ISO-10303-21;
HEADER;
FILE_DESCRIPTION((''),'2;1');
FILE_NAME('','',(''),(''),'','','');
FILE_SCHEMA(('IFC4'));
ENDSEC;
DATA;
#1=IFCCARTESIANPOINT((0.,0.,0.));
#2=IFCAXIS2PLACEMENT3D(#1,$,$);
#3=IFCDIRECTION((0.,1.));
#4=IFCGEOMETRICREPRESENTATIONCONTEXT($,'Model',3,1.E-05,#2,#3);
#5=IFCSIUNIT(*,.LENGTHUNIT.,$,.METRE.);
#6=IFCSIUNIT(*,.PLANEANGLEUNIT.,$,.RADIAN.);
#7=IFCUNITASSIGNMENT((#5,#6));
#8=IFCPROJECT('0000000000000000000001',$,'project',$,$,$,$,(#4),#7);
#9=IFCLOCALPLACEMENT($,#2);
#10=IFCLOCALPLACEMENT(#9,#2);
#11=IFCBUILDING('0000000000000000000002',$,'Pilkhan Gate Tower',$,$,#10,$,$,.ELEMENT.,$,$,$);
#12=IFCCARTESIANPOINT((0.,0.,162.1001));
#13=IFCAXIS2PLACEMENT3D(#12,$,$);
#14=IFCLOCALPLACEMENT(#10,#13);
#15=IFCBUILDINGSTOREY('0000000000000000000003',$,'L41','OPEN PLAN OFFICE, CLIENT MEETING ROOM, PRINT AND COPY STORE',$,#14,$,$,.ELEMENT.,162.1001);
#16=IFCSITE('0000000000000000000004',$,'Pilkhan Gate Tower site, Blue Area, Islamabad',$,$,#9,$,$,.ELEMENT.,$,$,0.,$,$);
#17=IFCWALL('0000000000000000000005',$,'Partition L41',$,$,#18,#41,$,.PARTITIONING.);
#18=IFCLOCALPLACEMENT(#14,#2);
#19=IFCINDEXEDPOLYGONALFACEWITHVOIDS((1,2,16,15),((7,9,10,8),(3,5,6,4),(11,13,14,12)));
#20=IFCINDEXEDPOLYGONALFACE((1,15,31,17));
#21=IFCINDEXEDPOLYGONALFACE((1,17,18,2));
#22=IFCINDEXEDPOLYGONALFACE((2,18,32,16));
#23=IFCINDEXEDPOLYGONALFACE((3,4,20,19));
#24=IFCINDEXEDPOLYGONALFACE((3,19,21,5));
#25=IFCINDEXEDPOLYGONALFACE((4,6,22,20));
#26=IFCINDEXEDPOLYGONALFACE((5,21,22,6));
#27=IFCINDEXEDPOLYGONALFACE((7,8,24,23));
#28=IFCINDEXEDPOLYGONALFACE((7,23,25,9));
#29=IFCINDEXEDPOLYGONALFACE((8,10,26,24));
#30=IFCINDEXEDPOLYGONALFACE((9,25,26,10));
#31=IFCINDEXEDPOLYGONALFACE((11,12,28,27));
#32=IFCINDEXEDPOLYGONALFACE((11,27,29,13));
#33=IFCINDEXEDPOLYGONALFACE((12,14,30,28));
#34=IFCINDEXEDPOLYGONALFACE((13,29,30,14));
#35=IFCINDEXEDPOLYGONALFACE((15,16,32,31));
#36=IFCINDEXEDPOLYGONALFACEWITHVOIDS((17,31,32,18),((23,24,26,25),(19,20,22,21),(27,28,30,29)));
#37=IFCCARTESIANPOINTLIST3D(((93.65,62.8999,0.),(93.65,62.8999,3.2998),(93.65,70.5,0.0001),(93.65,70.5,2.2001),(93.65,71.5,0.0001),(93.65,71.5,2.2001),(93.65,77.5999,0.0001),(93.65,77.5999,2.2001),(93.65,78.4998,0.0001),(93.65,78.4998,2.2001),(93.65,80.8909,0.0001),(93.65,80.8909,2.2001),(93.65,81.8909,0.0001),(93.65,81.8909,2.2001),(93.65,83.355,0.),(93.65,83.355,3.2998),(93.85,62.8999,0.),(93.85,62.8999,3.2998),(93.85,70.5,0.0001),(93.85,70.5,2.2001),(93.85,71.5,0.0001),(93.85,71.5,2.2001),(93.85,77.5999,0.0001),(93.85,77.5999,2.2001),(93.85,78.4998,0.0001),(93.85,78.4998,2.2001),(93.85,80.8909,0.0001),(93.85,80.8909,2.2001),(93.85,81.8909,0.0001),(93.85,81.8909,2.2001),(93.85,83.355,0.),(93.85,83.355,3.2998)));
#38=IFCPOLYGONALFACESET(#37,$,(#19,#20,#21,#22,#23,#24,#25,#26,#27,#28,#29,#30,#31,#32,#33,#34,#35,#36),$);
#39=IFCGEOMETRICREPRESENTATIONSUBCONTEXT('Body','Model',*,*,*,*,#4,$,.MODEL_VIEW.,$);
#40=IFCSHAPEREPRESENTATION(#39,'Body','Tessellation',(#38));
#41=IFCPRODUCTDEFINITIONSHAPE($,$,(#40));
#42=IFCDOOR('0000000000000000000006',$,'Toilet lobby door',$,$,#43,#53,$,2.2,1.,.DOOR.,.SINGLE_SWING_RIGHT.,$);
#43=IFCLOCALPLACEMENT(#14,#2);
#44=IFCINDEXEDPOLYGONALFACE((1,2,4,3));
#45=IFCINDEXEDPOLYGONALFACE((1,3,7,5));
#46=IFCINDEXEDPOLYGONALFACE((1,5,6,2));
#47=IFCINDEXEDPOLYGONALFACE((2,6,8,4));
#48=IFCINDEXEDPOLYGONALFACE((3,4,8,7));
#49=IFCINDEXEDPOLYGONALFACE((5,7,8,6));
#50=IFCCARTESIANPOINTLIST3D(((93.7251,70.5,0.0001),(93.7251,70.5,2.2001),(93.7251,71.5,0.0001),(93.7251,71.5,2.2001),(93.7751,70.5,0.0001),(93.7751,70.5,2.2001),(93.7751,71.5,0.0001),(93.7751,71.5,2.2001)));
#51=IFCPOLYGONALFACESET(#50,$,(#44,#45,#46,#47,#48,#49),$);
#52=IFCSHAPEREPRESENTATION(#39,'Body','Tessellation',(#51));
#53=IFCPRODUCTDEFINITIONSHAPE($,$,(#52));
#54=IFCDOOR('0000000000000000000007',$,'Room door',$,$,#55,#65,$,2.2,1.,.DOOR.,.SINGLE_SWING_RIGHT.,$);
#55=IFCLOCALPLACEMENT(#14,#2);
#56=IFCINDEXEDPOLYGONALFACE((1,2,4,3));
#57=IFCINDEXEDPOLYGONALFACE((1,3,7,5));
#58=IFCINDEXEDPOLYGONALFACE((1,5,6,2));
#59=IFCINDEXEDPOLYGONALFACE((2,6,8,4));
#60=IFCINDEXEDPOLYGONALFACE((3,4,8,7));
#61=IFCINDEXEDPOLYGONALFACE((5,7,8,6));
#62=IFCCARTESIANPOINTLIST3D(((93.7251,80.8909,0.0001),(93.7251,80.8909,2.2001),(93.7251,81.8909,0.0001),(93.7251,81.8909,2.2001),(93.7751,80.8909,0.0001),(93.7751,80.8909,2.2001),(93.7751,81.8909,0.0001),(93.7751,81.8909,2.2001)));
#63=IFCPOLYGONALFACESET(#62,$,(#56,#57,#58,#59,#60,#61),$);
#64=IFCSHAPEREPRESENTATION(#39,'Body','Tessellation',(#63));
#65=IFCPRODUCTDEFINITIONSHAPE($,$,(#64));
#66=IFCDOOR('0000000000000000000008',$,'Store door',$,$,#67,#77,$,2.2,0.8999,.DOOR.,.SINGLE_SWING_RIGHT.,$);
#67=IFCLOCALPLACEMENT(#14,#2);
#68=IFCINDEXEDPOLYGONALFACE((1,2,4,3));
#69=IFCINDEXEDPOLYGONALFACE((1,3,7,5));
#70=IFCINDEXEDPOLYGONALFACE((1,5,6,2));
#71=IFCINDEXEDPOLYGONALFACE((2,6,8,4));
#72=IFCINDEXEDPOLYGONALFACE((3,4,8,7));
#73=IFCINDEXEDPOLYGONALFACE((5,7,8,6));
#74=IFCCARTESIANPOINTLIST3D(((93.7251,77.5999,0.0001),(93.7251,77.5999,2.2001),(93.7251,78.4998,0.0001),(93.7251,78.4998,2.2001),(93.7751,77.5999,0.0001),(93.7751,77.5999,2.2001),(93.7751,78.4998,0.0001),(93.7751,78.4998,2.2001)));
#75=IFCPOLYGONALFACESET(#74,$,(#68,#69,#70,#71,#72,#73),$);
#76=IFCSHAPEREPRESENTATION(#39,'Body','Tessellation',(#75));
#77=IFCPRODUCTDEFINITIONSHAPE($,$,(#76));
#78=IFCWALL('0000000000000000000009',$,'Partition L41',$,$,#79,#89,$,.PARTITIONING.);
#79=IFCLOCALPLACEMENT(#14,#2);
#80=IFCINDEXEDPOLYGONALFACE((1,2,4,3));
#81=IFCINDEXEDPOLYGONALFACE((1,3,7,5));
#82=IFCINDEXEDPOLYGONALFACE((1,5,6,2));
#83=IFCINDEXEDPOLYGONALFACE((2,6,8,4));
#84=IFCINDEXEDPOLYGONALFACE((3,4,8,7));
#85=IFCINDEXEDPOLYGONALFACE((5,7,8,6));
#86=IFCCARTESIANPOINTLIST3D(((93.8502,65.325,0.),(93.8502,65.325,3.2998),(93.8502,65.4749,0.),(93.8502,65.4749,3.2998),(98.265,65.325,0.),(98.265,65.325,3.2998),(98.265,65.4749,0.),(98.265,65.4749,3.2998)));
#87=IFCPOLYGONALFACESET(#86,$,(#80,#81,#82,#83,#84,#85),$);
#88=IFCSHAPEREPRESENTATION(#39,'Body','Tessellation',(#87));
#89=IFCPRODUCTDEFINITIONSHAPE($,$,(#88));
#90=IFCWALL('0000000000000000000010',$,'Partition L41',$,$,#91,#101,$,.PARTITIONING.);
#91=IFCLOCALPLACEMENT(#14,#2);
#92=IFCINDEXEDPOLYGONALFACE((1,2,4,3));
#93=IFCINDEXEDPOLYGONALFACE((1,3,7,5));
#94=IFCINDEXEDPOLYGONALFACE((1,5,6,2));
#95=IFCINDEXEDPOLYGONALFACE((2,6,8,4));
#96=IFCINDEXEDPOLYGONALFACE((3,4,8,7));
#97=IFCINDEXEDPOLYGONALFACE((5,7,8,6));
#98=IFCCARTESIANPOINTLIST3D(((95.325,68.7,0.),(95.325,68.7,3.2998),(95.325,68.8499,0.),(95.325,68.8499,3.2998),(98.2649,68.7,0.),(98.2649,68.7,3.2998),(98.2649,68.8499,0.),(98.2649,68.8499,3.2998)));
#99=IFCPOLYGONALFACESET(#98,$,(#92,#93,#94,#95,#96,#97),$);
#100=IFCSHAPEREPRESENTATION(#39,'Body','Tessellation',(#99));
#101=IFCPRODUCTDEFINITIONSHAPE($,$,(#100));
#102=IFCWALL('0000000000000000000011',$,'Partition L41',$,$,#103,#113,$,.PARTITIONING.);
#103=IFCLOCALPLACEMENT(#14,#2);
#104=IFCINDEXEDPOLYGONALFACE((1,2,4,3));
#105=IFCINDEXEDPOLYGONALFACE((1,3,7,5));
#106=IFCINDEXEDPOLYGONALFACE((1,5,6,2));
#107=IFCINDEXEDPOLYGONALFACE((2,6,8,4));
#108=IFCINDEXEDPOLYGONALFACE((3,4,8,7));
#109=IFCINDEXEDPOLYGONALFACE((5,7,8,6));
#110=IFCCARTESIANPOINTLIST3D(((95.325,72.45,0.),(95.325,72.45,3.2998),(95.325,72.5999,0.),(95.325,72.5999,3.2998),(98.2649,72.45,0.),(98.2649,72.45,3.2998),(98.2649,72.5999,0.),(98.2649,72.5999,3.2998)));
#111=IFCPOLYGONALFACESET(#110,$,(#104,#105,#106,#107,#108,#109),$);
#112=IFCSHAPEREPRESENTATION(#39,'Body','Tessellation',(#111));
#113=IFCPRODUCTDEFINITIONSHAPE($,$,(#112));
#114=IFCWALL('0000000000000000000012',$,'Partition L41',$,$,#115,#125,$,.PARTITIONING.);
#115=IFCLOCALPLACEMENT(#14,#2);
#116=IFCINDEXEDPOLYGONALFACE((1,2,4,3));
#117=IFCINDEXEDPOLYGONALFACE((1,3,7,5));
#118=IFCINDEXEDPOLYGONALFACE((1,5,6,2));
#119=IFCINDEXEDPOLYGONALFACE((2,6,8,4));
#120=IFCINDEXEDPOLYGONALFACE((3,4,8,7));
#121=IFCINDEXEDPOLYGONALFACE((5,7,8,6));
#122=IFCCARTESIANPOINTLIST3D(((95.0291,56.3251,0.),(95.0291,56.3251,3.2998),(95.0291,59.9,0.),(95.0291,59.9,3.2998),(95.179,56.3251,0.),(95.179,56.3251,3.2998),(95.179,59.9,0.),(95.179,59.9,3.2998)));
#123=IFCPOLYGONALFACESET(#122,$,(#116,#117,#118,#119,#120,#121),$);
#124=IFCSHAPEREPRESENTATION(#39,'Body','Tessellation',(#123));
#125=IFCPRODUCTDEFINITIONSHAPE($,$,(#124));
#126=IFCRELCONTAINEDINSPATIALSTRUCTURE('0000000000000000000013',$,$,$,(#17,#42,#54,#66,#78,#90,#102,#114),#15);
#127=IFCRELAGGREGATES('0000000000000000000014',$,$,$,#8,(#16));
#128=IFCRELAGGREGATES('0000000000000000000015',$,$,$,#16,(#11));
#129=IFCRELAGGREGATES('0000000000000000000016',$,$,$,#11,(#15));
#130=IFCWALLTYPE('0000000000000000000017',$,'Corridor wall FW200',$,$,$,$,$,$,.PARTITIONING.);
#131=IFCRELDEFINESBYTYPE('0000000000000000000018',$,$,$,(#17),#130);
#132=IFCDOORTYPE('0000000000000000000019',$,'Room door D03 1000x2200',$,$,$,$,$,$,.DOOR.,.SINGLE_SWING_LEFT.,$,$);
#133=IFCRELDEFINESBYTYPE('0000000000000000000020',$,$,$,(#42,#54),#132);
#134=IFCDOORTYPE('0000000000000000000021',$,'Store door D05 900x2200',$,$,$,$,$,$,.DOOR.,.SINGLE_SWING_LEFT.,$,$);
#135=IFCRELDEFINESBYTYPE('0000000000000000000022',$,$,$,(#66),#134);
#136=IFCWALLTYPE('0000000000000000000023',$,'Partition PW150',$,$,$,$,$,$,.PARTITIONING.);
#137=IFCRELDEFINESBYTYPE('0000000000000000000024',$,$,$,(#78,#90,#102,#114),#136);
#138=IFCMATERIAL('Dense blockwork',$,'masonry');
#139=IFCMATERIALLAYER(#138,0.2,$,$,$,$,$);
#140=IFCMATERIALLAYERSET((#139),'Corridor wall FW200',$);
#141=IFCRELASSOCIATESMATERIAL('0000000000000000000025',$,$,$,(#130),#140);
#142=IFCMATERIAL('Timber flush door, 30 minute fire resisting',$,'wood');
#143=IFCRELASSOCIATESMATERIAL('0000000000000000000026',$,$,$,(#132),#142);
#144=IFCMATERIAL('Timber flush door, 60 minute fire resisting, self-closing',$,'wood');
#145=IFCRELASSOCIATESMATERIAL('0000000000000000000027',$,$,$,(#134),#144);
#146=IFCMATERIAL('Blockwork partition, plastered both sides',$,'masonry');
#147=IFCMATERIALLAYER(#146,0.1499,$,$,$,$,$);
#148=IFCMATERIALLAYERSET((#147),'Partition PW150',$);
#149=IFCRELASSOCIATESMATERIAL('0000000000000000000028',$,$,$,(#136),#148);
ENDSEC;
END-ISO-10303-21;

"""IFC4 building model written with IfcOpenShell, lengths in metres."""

from ifc_helpers import new_model, si_unit, direction, frame, frame_2d, origin, place, context, subcontext, project, spatial, rectangle, extrude, material, layer, layer_set, type_object, element, fill, save


model = new_model("IFC4")

# Units and contexts
model_context = context("Model", 3, precision=1e-05, world=origin(), true_north=direction((0.0, 1.0)))
body_context = subcontext(model_context, "Body", "Model", "MODEL_VIEW")
ifc_project = project(units=[si_unit("LENGTHUNIT", "METRE"), si_unit("PLANEANGLEUNIT", "RADIAN")], contexts=[model_context])

# Site, building, storey
site_placement = place(None, origin())
site = spatial("IfcSite", under=ifc_project, at=site_placement, Name="Pilkhan Gate Tower site, Blue Area, Islamabad", CompositionType="ELEMENT", RefElevation=0.0)
building_placement = place(site_placement, origin())
building = spatial("IfcBuilding", under=site, at=building_placement, Name="Pilkhan Gate Tower", CompositionType="ELEMENT")
storey_placement = place(building_placement, frame((0.0, 0.0, 162.1001)))
storey = spatial("IfcBuildingStorey", under=building, at=storey_placement, Name="L41", Description="OPEN PLAN OFFICE, CLIENT MEETING ROOM, PRINT AND COPY STORE", CompositionType="ELEMENT", Elevation=162.1001)

# Shared definitions
ifc_material_1 = material(Name="Dense blockwork", Category="masonry")
ifc_layer_1 = layer(ifc_material_1, 0.2)
ifc_layer_set_1 = layer_set([ifc_layer_1], Name="Corridor wall FW200")
wall_type_1 = type_object("IfcWallType", Name="Corridor wall FW200", PredefinedType="PARTITIONING", material=ifc_layer_set_1)
ifc_material_2 = material(Name="Timber flush door, 30 minute fire resisting", Category="wood")
door_type_1 = type_object("IfcDoorType", Name="Room door D03 1000x2200", OperationType="SINGLE_SWING_LEFT", PredefinedType="DOOR", material=ifc_material_2)

# Wall, openings, doors
wall_1_placement = place(storey_placement, frame((93.75, 62.8999, 0.0), z_axis=(0.0, 0.0, 1.0), x_axis=(0.0, 1.0, 0.0)))
wall_1 = element("IfcWall", 1, at=wall_1_placement, inside=storey, type_object=wall_type_1, Name="Partition L41", PredefinedType="PARTITIONING", context=body_context, shape_type="SweptSolid", body=[
    extrude(rectangle(XDim=20.4551, YDim=0.2, at=frame_2d((10.2275, 0.0))), origin(), (0.0, 0.0, 1.0), 3.2998),
])
opening_1_placement = place(wall_1_placement, frame((7.6001, 0.0, 0.0)))
opening_1 = element("IfcOpeningElement", 2, at=opening_1_placement, cuts=wall_1, PredefinedType="OPENING", context=body_context, shape_type="SweptSolid", body=[
    extrude(rectangle(XDim=1.0, YDim=2.2, at=frame_2d((0.5, 1.1001))), frame((0.0, 0.1099, 0.0), z_axis=(0.0, -1.0, 0.0), x_axis=(1.0, 0.0, 0.0)), (0.0, 0.0, 1.0), 0.22),
])
opening_2_placement = place(wall_1_placement, frame((14.7, 0.0, 0.0)))
opening_2 = element("IfcOpeningElement", 3, at=opening_2_placement, cuts=wall_1, PredefinedType="OPENING", context=body_context, shape_type="SweptSolid", body=[
    extrude(rectangle(XDim=0.8999, YDim=2.2, at=frame_2d((0.45, 1.1001))), frame((0.0, 0.1099, 0.0), z_axis=(0.0, -1.0, 0.0), x_axis=(1.0, 0.0, 0.0)), (0.0, 0.0, 1.0), 0.22),
])
opening_3_placement = place(wall_1_placement, frame((17.991, 0.0, 0.0)))
opening_3 = element("IfcOpeningElement", 4, at=opening_3_placement, cuts=wall_1, PredefinedType="OPENING", context=body_context, shape_type="SweptSolid", body=[
    extrude(rectangle(XDim=1.0, YDim=2.2, at=frame_2d((0.5, 1.1001))), frame((0.0, 0.1099, 0.0), z_axis=(0.0, -1.0, 0.0), x_axis=(1.0, 0.0, 0.0)), (0.0, 0.0, 1.0), 0.22),
])
door_1_placement = place(opening_1_placement, origin())
door_1 = element("IfcDoor", 5, at=door_1_placement, inside=storey, type_object=door_type_1, Name="Toilet lobby door", OperationType="SINGLE_SWING_RIGHT", OverallHeight=2.2, OverallWidth=1.0, PredefinedType="DOOR", context=body_context, shape_type="SweptSolid", body=[
    extrude(rectangle(XDim=1.0, YDim=2.2, at=frame_2d((0.5, 1.1001))), frame((0.0, 0.0249, 0.0), z_axis=(0.0, -1.0, 0.0), x_axis=(1.0, 0.0, 0.0)), (0.0, 0.0, 1.0), 0.05),
])
fill(opening_1, door_1)
door_2_placement = place(opening_3_placement, origin())
door_2 = element("IfcDoor", 6, at=door_2_placement, inside=storey, type_object=door_type_1, Name="Room door", OperationType="SINGLE_SWING_RIGHT", OverallHeight=2.2, OverallWidth=1.0, PredefinedType="DOOR", context=body_context, shape_type="SweptSolid", body=[
    extrude(rectangle(XDim=1.0, YDim=2.2, at=frame_2d((0.5, 1.1001))), frame((0.0, 0.0249, 0.0), z_axis=(0.0, -1.0, 0.0), x_axis=(1.0, 0.0, 0.0)), (0.0, 0.0, 1.0), 0.05),
])
fill(opening_3, door_2)
ifc_material_3 = material(Name="Timber flush door, 60 minute fire resisting, self-closing", Category="wood")
door_type_2 = type_object("IfcDoorType", Name="Store door D05 900x2200", OperationType="SINGLE_SWING_LEFT", PredefinedType="DOOR", material=ifc_material_3)
door_3_placement = place(opening_2_placement, origin())
door_3 = element("IfcDoor", 7, at=door_3_placement, inside=storey, type_object=door_type_2, Name="Store door", OperationType="SINGLE_SWING_RIGHT", OverallHeight=2.2, OverallWidth=0.8999, PredefinedType="DOOR", context=body_context, shape_type="SweptSolid", body=[
    extrude(rectangle(XDim=0.8999, YDim=2.2, at=frame_2d((0.45, 1.1001))), frame((0.0, 0.0249, 0.0), z_axis=(0.0, -1.0, 0.0), x_axis=(1.0, 0.0, 0.0)), (0.0, 0.0, 1.0), 0.05),
])
fill(opening_2, door_3)

# Walls
ifc_material_4 = material(Name="Blockwork partition, plastered both sides", Category="masonry")
ifc_layer_2 = layer(ifc_material_4, 0.1499)
ifc_layer_set_2 = layer_set([ifc_layer_2], Name="Partition PW150")
wall_type_2 = type_object("IfcWallType", Name="Partition PW150", PredefinedType="PARTITIONING", material=ifc_layer_set_2)
wall_2_placement = place(storey_placement, frame((93.8501, 65.3999, 0.0), z_axis=(0.0, 0.0, 1.0), x_axis=(1.0, 0.0, 0.0)))
element("IfcWall", 8, at=wall_2_placement, inside=storey, type_object=wall_type_2, Name="Partition L41", PredefinedType="PARTITIONING", context=body_context, shape_type="SweptSolid", body=[
    extrude(rectangle(XDim=4.4148, YDim=0.1499, at=frame_2d((2.2075, 0.0))), origin(), (0.0, 0.0, 1.0), 3.2998),
])
for number, where, z_axis, x_axis, name in (
    (9, (95.325, 68.7749, 0.0), (0.0, 0.0, 1.0), (1.0, 0.0, 0.0), "Partition L41"),
    (10, (95.325, 72.5249, 0.0), (0.0, 0.0, 1.0), (1.0, 0.0, 0.0), "Partition L41"),
):
    element("IfcWall", number, at=place(storey_placement, frame(where, z_axis=z_axis, x_axis=x_axis)), inside=storey, type_object=wall_type_2, Name=name, PredefinedType="PARTITIONING", context=body_context, shape_type="SweptSolid", body=[
        extrude(rectangle(XDim=2.9399, YDim=0.1499, at=frame_2d((1.47, 0.0))), origin(), (0.0, 0.0, 1.0), 3.2998),
    ])
wall_3_placement = place(storey_placement, frame((95.104, 56.325, 0.0), z_axis=(0.0, 0.0, 1.0), x_axis=(0.0, 1.0, 0.0)))
element("IfcWall", 11, at=wall_3_placement, inside=storey, type_object=wall_type_2, Name="Partition L41", PredefinedType="PARTITIONING", context=body_context, shape_type="SweptSolid", body=[
    extrude(rectangle(XDim=3.575, YDim=0.1499, at=frame_2d((1.7876, 0.0))), origin(), (0.0, 0.0, 1.0), 3.2998),
])

save(model, "model.ifc")
